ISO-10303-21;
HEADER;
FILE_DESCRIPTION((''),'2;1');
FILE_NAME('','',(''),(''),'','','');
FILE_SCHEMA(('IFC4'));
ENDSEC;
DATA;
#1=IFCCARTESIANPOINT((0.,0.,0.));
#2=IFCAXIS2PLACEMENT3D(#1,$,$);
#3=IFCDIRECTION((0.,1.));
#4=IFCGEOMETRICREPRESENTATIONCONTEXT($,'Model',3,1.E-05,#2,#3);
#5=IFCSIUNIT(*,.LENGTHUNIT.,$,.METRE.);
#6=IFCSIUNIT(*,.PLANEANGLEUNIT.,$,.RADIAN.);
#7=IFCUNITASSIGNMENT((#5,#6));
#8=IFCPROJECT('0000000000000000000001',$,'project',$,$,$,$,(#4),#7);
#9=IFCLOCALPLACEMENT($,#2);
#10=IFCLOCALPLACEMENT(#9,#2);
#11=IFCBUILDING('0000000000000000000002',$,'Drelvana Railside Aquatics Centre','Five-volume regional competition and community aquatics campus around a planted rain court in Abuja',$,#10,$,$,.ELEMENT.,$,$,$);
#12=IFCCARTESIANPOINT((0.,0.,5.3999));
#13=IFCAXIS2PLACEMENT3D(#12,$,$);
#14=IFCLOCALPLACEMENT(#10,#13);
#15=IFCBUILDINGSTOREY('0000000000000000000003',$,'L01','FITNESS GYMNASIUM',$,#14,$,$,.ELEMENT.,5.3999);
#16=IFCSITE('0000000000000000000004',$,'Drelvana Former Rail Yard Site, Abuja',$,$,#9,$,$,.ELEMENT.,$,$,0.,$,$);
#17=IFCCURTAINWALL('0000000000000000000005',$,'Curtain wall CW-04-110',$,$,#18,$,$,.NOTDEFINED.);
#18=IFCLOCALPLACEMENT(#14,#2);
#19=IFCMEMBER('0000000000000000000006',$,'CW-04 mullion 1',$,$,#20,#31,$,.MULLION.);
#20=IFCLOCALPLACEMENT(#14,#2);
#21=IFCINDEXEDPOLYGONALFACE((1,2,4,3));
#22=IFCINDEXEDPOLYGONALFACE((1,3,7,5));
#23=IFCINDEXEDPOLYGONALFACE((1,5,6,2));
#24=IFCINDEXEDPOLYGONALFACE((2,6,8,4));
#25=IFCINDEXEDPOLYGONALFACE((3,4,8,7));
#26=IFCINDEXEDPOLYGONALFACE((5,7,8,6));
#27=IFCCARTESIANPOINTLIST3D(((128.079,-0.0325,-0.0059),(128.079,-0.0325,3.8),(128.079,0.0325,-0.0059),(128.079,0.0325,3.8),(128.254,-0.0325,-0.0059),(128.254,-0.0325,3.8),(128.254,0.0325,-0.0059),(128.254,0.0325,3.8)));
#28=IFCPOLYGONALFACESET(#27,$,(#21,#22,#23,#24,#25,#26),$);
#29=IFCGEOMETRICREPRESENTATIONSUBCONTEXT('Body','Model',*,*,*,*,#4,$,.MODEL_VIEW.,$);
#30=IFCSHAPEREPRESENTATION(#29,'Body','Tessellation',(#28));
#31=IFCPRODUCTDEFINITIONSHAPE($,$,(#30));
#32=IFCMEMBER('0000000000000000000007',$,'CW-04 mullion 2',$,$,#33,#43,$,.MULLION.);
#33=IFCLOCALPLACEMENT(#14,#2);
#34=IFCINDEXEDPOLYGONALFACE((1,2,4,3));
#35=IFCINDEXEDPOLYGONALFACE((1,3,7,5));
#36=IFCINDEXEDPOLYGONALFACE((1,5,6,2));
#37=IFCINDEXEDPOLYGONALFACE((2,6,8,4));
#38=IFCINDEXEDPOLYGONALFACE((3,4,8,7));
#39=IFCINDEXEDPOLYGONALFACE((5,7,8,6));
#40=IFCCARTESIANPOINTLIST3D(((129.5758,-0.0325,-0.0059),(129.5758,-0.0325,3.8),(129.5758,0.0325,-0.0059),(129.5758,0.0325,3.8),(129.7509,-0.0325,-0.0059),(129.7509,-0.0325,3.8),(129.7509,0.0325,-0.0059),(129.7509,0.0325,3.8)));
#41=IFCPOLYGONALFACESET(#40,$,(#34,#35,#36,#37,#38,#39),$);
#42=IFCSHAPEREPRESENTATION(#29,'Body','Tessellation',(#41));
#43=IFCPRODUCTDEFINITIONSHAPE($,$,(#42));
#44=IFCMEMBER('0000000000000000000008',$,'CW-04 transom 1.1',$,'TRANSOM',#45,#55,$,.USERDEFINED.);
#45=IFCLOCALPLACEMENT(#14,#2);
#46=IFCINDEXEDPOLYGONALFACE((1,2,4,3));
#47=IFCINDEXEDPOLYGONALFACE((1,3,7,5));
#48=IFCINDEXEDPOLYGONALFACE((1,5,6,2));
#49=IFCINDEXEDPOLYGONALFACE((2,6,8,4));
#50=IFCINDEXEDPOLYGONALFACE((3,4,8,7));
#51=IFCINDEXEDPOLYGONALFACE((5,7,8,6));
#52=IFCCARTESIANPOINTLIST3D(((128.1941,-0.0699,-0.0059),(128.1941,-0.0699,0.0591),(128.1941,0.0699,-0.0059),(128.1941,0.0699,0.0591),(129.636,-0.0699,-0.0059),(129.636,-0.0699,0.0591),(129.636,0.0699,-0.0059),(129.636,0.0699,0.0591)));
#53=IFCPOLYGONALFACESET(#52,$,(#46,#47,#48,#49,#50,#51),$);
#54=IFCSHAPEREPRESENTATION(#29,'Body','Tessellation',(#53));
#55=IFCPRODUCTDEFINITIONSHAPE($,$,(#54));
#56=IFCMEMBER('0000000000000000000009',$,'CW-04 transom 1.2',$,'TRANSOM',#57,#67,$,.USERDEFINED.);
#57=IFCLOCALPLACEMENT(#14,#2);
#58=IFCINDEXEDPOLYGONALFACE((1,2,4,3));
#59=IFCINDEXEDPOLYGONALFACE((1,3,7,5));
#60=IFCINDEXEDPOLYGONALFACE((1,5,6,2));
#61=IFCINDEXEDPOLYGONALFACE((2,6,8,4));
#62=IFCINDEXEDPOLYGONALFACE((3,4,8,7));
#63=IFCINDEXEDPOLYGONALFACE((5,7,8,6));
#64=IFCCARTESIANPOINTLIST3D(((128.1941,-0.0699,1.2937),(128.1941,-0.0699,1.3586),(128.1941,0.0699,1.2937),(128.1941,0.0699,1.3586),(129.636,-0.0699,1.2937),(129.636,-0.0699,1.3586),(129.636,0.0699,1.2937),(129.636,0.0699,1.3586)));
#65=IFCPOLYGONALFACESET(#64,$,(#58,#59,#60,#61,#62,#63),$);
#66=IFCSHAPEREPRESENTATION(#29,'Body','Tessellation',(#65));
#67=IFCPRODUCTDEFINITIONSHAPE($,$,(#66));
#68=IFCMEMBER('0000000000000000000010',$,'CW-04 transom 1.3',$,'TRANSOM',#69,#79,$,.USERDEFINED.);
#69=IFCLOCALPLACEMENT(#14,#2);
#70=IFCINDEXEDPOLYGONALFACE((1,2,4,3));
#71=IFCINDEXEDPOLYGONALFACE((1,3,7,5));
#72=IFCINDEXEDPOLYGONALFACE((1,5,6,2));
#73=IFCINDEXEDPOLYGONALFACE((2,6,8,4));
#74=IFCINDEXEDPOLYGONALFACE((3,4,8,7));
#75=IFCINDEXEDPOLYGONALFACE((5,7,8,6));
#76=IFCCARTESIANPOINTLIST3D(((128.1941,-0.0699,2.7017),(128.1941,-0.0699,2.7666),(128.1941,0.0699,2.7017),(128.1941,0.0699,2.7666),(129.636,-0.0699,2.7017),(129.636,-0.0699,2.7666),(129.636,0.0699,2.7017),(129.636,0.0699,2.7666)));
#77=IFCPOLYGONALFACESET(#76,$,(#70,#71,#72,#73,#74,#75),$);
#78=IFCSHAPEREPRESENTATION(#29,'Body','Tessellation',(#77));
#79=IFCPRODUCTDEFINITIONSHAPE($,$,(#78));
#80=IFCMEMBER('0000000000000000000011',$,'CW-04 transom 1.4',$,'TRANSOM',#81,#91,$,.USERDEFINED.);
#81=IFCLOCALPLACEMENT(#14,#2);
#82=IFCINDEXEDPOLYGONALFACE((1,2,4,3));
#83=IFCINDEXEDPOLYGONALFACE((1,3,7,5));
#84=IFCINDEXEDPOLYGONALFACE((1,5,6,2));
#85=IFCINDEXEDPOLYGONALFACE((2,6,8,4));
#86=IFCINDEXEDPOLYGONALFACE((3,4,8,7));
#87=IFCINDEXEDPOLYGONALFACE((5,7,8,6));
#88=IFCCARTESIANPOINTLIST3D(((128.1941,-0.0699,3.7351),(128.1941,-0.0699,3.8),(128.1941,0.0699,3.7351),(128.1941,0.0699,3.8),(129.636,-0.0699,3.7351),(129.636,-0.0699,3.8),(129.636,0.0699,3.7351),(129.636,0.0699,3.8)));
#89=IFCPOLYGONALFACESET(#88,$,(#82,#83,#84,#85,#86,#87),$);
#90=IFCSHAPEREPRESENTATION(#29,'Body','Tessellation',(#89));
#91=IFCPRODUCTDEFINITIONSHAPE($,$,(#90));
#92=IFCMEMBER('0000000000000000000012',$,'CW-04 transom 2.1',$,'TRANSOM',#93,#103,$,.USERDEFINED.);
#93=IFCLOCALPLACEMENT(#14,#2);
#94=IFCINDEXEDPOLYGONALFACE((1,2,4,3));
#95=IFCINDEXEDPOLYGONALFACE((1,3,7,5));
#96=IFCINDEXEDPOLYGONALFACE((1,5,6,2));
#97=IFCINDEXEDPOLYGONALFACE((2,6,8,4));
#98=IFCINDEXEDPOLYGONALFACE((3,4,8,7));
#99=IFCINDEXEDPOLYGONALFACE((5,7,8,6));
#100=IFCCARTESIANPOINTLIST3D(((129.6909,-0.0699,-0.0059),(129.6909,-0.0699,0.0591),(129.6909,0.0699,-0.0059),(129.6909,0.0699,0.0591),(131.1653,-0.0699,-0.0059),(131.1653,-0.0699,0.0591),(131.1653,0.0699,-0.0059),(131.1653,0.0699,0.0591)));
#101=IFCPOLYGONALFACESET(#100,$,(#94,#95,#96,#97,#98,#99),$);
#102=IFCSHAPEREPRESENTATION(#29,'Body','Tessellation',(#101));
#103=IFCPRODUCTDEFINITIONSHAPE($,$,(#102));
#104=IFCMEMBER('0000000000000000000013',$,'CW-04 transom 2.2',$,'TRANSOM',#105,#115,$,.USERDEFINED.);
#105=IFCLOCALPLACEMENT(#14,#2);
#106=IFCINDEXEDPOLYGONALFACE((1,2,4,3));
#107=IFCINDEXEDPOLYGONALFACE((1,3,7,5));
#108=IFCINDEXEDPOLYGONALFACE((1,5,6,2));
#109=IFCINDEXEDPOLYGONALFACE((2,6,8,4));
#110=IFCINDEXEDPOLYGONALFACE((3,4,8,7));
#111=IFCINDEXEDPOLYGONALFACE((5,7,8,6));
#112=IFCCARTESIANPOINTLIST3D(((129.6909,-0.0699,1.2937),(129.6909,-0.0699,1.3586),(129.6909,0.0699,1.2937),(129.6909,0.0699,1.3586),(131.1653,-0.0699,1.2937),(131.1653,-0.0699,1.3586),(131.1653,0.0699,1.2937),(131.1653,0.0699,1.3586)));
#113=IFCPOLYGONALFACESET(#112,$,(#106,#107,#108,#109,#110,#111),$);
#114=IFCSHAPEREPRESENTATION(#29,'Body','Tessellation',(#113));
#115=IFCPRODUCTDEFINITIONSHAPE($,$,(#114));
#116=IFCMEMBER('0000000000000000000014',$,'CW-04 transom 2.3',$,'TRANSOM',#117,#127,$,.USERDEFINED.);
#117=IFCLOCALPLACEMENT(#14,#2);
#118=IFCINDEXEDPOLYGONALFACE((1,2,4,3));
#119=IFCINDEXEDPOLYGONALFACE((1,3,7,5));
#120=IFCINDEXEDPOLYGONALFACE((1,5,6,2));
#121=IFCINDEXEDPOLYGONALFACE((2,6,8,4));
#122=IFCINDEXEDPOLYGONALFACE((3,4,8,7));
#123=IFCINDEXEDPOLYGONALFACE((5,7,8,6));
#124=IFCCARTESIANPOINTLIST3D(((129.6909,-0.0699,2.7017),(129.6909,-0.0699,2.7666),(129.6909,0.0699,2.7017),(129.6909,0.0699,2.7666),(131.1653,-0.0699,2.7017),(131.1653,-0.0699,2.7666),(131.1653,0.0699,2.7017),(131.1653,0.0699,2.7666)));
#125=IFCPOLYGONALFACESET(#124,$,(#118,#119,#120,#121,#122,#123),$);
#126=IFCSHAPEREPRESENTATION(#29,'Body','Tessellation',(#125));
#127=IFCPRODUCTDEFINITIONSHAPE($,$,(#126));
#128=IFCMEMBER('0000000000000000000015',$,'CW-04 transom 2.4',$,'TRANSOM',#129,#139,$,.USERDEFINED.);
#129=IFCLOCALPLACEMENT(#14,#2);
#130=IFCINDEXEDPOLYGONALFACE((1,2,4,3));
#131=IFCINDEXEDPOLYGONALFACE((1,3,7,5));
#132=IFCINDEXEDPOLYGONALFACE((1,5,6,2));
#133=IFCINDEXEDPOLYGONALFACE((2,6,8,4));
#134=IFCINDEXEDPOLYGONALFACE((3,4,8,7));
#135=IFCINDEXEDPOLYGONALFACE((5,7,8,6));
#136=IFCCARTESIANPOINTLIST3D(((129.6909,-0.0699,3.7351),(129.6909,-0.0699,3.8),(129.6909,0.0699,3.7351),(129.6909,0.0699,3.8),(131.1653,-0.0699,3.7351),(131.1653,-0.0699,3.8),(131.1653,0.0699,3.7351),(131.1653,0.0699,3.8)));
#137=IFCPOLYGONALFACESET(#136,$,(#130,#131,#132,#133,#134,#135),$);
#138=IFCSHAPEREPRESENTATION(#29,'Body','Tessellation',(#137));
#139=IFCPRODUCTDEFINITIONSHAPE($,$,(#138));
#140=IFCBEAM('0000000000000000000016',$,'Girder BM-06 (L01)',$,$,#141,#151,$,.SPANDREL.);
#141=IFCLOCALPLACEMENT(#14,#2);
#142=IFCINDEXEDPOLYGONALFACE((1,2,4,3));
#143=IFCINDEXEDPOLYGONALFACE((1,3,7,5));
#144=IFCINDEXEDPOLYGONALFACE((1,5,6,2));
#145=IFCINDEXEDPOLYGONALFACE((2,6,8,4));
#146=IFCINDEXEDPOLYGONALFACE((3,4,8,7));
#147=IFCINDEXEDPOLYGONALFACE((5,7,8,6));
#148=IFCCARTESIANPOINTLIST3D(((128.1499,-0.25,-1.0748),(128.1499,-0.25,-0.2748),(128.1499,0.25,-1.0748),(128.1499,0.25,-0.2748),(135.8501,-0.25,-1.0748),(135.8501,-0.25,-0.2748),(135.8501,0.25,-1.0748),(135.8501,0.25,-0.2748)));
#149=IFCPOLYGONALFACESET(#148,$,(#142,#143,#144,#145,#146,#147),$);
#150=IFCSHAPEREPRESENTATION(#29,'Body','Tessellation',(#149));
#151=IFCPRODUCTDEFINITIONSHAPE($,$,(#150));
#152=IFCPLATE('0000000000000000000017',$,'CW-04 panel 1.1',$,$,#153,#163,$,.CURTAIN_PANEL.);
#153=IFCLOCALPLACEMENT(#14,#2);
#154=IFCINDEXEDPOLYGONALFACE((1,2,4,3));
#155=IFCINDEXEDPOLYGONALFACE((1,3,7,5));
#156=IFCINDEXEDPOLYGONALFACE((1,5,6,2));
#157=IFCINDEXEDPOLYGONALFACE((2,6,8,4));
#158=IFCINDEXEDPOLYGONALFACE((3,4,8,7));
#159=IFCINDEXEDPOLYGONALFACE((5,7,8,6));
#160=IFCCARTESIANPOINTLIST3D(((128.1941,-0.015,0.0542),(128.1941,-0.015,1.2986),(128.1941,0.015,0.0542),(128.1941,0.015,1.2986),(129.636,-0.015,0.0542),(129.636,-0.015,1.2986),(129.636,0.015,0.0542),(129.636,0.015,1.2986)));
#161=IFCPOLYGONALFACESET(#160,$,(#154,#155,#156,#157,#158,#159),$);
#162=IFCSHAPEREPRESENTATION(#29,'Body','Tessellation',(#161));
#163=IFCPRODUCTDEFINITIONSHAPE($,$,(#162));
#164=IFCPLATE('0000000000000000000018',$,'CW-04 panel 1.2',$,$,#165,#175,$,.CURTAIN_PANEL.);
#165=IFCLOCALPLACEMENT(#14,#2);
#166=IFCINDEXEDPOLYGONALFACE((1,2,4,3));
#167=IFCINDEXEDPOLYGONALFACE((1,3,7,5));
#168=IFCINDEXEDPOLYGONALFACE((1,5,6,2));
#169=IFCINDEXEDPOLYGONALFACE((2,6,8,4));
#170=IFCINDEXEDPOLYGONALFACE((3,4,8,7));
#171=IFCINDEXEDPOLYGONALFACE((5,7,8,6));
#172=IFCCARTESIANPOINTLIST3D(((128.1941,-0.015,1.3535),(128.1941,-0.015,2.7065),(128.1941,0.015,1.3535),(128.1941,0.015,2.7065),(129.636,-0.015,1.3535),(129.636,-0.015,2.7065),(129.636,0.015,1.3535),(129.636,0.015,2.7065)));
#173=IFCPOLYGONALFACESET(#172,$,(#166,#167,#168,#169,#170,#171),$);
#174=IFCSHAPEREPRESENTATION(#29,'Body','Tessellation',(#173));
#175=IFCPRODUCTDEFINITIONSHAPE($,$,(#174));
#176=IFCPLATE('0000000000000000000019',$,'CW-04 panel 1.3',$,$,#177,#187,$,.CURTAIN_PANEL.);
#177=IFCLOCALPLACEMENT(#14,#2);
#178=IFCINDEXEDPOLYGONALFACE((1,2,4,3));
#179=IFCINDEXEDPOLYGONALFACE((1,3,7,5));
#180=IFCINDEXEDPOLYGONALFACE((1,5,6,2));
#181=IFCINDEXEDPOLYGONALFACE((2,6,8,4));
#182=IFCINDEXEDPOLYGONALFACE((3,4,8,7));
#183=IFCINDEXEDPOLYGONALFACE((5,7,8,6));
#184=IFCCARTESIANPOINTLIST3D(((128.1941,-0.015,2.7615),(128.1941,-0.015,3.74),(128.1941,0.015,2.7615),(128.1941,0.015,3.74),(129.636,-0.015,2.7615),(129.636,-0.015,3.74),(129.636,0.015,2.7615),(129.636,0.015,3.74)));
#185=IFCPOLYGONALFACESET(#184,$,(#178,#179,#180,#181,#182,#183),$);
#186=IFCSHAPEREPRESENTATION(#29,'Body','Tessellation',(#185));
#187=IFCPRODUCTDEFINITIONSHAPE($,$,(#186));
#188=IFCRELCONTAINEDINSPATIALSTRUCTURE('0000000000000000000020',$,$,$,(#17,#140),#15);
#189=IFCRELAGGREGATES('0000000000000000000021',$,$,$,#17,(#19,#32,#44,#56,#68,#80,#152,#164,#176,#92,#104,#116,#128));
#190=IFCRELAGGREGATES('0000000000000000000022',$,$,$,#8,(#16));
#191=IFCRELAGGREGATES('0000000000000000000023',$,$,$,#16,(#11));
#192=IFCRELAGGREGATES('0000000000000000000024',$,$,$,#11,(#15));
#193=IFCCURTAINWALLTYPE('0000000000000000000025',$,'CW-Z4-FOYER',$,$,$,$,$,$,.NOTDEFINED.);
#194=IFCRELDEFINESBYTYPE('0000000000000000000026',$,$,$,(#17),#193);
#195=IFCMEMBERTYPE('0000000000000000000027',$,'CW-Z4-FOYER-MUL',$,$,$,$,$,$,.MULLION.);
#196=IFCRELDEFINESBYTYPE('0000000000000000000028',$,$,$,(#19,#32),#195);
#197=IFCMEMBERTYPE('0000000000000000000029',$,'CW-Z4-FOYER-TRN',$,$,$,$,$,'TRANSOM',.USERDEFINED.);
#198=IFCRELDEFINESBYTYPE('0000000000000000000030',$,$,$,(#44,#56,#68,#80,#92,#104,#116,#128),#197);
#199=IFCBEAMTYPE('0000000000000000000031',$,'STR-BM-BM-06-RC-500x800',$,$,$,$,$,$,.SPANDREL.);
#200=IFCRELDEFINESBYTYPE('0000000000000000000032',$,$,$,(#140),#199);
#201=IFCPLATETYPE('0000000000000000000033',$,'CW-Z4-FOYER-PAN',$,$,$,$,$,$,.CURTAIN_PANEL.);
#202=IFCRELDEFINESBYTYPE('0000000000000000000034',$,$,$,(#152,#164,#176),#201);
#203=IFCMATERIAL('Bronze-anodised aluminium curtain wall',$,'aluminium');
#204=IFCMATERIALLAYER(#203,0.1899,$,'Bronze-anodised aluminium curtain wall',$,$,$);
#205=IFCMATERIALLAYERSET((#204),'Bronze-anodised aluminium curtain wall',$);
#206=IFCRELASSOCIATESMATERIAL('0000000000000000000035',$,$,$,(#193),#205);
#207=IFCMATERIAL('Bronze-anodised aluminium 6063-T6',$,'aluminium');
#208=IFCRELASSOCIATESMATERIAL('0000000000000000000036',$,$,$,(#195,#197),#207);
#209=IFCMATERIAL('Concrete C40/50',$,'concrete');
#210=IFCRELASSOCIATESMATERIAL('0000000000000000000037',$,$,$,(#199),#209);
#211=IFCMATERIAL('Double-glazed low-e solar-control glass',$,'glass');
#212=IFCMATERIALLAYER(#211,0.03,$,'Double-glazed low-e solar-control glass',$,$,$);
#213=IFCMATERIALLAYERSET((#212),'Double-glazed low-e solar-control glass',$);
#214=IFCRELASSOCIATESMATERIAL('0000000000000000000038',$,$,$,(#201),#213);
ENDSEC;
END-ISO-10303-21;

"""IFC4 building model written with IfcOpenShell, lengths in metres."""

from ifc_helpers import new_model, si_unit, direction, frame, origin, origin_2d, place, context, subcontext, project, spatial, rectangle, extrude, material, layer, layer_set, material_profile, profile_set, type_object, element, aggregate, save


model = new_model("IFC4")

# Units and contexts
model_context = context("Model", 3, precision=1e-05, world=origin(), true_north=direction((0.0, 1.0)))
body_context = subcontext(model_context, "Body", "Model", "MODEL_VIEW")
ifc_project = project(units=[si_unit("LENGTHUNIT", "METRE"), si_unit("PLANEANGLEUNIT", "RADIAN")], contexts=[model_context])

# Site, building, storey
site_placement = place(None, origin())
site = spatial("IfcSite", under=ifc_project, at=site_placement, Name="Drelvana Former Rail Yard Site, Abuja", CompositionType="ELEMENT", RefElevation=0.0)
building_placement = place(site_placement, origin())
building = spatial("IfcBuilding", under=site, at=building_placement, Name="Drelvana Railside Aquatics Centre", Description="Five-volume regional competition and community aquatics campus around a planted rain court in Abuja", CompositionType="ELEMENT")
storey_placement = place(building_placement, frame((0.0, 0.0, 5.3999)))
storey = spatial("IfcBuildingStorey", under=building, at=storey_placement, Name="L01", Description="FITNESS GYMNASIUM", CompositionType="ELEMENT", Elevation=5.3999)

# Curtain wall, members
ifc_material_1 = material(Name="Bronze-anodised aluminium curtain wall", Category="aluminium")
ifc_layer_1 = layer(ifc_material_1, 0.1899, Name="Bronze-anodised aluminium curtain wall")
ifc_layer_set_1 = layer_set([ifc_layer_1], Name="Bronze-anodised aluminium curtain wall")
curtain_wall_type = type_object("IfcCurtainWallType", Name="CW-Z4-FOYER", PredefinedType="NOTDEFINED", material=ifc_layer_set_1)
curtain_wall_placement = place(storey_placement, origin())
curtain_wall = element("IfcCurtainWall", 1, at=curtain_wall_placement, inside=storey, type_object=curtain_wall_type, Name="Curtain wall CW-04-110", PredefinedType="NOTDEFINED")
ifc_material_2 = material(Name="Bronze-anodised aluminium 6063-T6", Category="aluminium")
ifc_material_profile_1 = material_profile(ifc_material_2, rectangle(XDim=0.0649, YDim=0.175, at=origin_2d()), Name="ALU-M 65x175")
ifc_profile_set_1 = profile_set([ifc_material_profile_1], Name="Bronze-anodised aluminium 6063-T6")
member_type_1 = type_object("IfcMemberType", Name="CW-Z4-FOYER-MUL", PredefinedType="MULLION", material=ifc_profile_set_1)
member_1_placement = place(storey_placement, frame((128.1665, 0.0, -0.0059), z_axis=(0.0, 0.0, 1.0), x_axis=(0.0, 1.0, 0.0)))
member_1 = element("IfcMember", 2, at=member_1_placement, type_object=member_type_1, Name="CW-04 mullion 1", PredefinedType="MULLION", context=body_context, shape_type="SweptSolid", body=[
    extrude(rectangle(XDim=0.0649, YDim=0.175, at=origin_2d()), origin(), (0.0, 0.0, 1.0), 3.8059),
])
member_2_placement = place(storey_placement, frame((129.6633, 0.0, -0.0059), z_axis=(0.0, 0.0, 1.0), x_axis=(0.0, 1.0, 0.0)))
member_2 = element("IfcMember", 3, at=member_2_placement, type_object=member_type_1, Name="CW-04 mullion 2", PredefinedType="MULLION", context=body_context, shape_type="SweptSolid", body=[
    extrude(rectangle(XDim=0.0649, YDim=0.175, at=origin_2d()), origin(), (0.0, 0.0, 1.0), 3.8059),
])
ifc_material_profile_2 = material_profile(ifc_material_2, rectangle(XDim=0.1399, YDim=0.0649, at=origin_2d()), Name="ALU-T 65x140")
ifc_profile_set_2 = profile_set([ifc_material_profile_2], Name="Bronze-anodised aluminium 6063-T6")
member_type_2 = type_object("IfcMemberType", Name="CW-Z4-FOYER-TRN", ElementType="TRANSOM", PredefinedType="USERDEFINED", material=ifc_profile_set_2)
member_3_placement = place(storey_placement, frame((128.1941, 0.0, 0.0266), z_axis=(1.0, 0.0, 0.0), x_axis=(0.0, 1.0, 0.0)))
member_3 = element("IfcMember", 4, at=member_3_placement, type_object=member_type_2, Name="CW-04 transom 1.1", ObjectType="TRANSOM", PredefinedType="USERDEFINED", context=body_context, shape_type="SweptSolid", body=[
    extrude(rectangle(XDim=0.1399, YDim=0.0649, at=origin_2d()), origin(), (0.0, 0.0, 1.0), 1.4419),
])
member_4_placement = place(storey_placement, frame((128.1941, 0.0, 1.3262), z_axis=(1.0, 0.0, 0.0), x_axis=(0.0, 1.0, 0.0)))
member_4 = element("IfcMember", 5, at=member_4_placement, type_object=member_type_2, Name="CW-04 transom 1.2", ObjectType="TRANSOM", PredefinedType="USERDEFINED", context=body_context, shape_type="SweptSolid", body=[
    extrude(rectangle(XDim=0.1399, YDim=0.0649, at=origin_2d()), origin(), (0.0, 0.0, 1.0), 1.4419),
])
member_5_placement = place(storey_placement, frame((128.1941, 0.0, 2.7341), z_axis=(1.0, 0.0, 0.0), x_axis=(0.0, 1.0, 0.0)))
member_5 = element("IfcMember", 6, at=member_5_placement, type_object=member_type_2, Name="CW-04 transom 1.3", ObjectType="TRANSOM", PredefinedType="USERDEFINED", context=body_context, shape_type="SweptSolid", body=[
    extrude(rectangle(XDim=0.1399, YDim=0.0649, at=origin_2d()), origin(), (0.0, 0.0, 1.0), 1.4419),
])
member_6_placement = place(storey_placement, frame((128.1941, 0.0, 3.7676), z_axis=(1.0, 0.0, 0.0), x_axis=(0.0, 1.0, 0.0)))
member_6 = element("IfcMember", 7, at=member_6_placement, type_object=member_type_2, Name="CW-04 transom 1.4", ObjectType="TRANSOM", PredefinedType="USERDEFINED", context=body_context, shape_type="SweptSolid", body=[
    extrude(rectangle(XDim=0.1399, YDim=0.0649, at=origin_2d()), origin(), (0.0, 0.0, 1.0), 1.4419),
])
member_7_placement = place(storey_placement, frame((129.6909, 0.0, 0.0266), z_axis=(1.0, 0.0, 0.0), x_axis=(0.0, 1.0, 0.0)))
member_7 = element("IfcMember", 8, at=member_7_placement, type_object=member_type_2, Name="CW-04 transom 2.1", ObjectType="TRANSOM", PredefinedType="USERDEFINED", context=body_context, shape_type="SweptSolid", body=[
    extrude(rectangle(XDim=0.1399, YDim=0.0649, at=origin_2d()), origin(), (0.0, 0.0, 1.0), 1.4744),
])
member_8_placement = place(storey_placement, frame((129.6909, 0.0, 1.3262), z_axis=(1.0, 0.0, 0.0), x_axis=(0.0, 1.0, 0.0)))
member_8 = element("IfcMember", 9, at=member_8_placement, type_object=member_type_2, Name="CW-04 transom 2.2", ObjectType="TRANSOM", PredefinedType="USERDEFINED", context=body_context, shape_type="SweptSolid", body=[
    extrude(rectangle(XDim=0.1399, YDim=0.0649, at=origin_2d()), origin(), (0.0, 0.0, 1.0), 1.4744),
])
member_9_placement = place(storey_placement, frame((129.6909, 0.0, 2.7341), z_axis=(1.0, 0.0, 0.0), x_axis=(0.0, 1.0, 0.0)))
member_9 = element("IfcMember", 10, at=member_9_placement, type_object=member_type_2, Name="CW-04 transom 2.3", ObjectType="TRANSOM", PredefinedType="USERDEFINED", context=body_context, shape_type="SweptSolid", body=[
    extrude(rectangle(XDim=0.1399, YDim=0.0649, at=origin_2d()), origin(), (0.0, 0.0, 1.0), 1.4744),
])
member_10_placement = place(storey_placement, frame((129.6909, 0.0, 3.7676), z_axis=(1.0, 0.0, 0.0), x_axis=(0.0, 1.0, 0.0)))
member_10 = element("IfcMember", 11, at=member_10_placement, type_object=member_type_2, Name="CW-04 transom 2.4", ObjectType="TRANSOM", PredefinedType="USERDEFINED", context=body_context, shape_type="SweptSolid", body=[
    extrude(rectangle(XDim=0.1399, YDim=0.0649, at=origin_2d()), origin(), (0.0, 0.0, 1.0), 1.4744),
])

# Beam
ifc_material_3 = material(Name="Concrete C40/50", Category="concrete")
ifc_material_profile_3 = material_profile(ifc_material_3, rectangle(XDim=0.5, YDim=0.8, at=origin_2d()), Name="RC 500x800")
ifc_profile_set_3 = profile_set([ifc_material_profile_3], Name="Concrete C40/50")
beam_type = type_object("IfcBeamType", Name="STR-BM-BM-06-RC-500x800", PredefinedType="SPANDREL", material=ifc_profile_set_3)
beam_placement = place(storey_placement, frame((128.1499, 0.0, -0.6748), z_axis=(1.0, 0.0, 0.0), x_axis=(0.0, 1.0, 0.0)))
element("IfcBeam", 12, at=beam_placement, inside=storey, type_object=beam_type, Name="Girder BM-06 (L01)", PredefinedType="SPANDREL", context=body_context, shape_type="SweptSolid", body=[
    extrude(rectangle(XDim=0.5, YDim=0.8, at=origin_2d()), origin(), (0.0, 0.0, 1.0), 7.7002),
])

# Plates
ifc_material_4 = material(Name="Double-glazed low-e solar-control glass", Category="glass")
ifc_layer_2 = layer(ifc_material_4, 0.03, Name="Double-glazed low-e solar-control glass")
ifc_layer_set_2 = layer_set([ifc_layer_2], Name="Double-glazed low-e solar-control glass")
plate_type = type_object("IfcPlateType", Name="CW-Z4-FOYER-PAN", PredefinedType="CURTAIN_PANEL", material=ifc_layer_set_2)
plate_1_placement = place(storey_placement, frame((128.915, 0.0, 0.0542), z_axis=(0.0, 0.0, 1.0), x_axis=(1.0, 0.0, 0.0)))
plate_1 = element("IfcPlate", 13, at=plate_1_placement, type_object=plate_type, Name="CW-04 panel 1.1", PredefinedType="CURTAIN_PANEL", context=body_context, shape_type="SweptSolid", body=[
    extrude(rectangle(XDim=1.4419, YDim=0.03, at=origin_2d()), origin(), (0.0, 0.0, 1.0), 1.2444),
])
plate_2_placement = place(storey_placement, frame((128.915, 0.0, 1.3535), z_axis=(0.0, 0.0, 1.0), x_axis=(1.0, 0.0, 0.0)))
plate_2 = element("IfcPlate", 14, at=plate_2_placement, type_object=plate_type, Name="CW-04 panel 1.2", PredefinedType="CURTAIN_PANEL", context=body_context, shape_type="SweptSolid", body=[
    extrude(rectangle(XDim=1.4419, YDim=0.03, at=origin_2d()), origin(), (0.0, 0.0, 1.0), 1.353),
])
plate_3_placement = place(storey_placement, frame((128.915, 0.0, 2.7615), z_axis=(0.0, 0.0, 1.0), x_axis=(1.0, 0.0, 0.0)))
plate_3 = element("IfcPlate", 15, at=plate_3_placement, type_object=plate_type, Name="CW-04 panel 1.3", PredefinedType="CURTAIN_PANEL", context=body_context, shape_type="SweptSolid", body=[
    extrude(rectangle(XDim=1.4419, YDim=0.03, at=origin_2d()), origin(), (0.0, 0.0, 1.0), 0.9785),
])
aggregate(curtain_wall, [member_1, member_2, member_3, member_4, member_5, member_6, plate_1, plate_2, plate_3, member_7, member_8, member_9, member_10])

save(model, "model.ifc")
